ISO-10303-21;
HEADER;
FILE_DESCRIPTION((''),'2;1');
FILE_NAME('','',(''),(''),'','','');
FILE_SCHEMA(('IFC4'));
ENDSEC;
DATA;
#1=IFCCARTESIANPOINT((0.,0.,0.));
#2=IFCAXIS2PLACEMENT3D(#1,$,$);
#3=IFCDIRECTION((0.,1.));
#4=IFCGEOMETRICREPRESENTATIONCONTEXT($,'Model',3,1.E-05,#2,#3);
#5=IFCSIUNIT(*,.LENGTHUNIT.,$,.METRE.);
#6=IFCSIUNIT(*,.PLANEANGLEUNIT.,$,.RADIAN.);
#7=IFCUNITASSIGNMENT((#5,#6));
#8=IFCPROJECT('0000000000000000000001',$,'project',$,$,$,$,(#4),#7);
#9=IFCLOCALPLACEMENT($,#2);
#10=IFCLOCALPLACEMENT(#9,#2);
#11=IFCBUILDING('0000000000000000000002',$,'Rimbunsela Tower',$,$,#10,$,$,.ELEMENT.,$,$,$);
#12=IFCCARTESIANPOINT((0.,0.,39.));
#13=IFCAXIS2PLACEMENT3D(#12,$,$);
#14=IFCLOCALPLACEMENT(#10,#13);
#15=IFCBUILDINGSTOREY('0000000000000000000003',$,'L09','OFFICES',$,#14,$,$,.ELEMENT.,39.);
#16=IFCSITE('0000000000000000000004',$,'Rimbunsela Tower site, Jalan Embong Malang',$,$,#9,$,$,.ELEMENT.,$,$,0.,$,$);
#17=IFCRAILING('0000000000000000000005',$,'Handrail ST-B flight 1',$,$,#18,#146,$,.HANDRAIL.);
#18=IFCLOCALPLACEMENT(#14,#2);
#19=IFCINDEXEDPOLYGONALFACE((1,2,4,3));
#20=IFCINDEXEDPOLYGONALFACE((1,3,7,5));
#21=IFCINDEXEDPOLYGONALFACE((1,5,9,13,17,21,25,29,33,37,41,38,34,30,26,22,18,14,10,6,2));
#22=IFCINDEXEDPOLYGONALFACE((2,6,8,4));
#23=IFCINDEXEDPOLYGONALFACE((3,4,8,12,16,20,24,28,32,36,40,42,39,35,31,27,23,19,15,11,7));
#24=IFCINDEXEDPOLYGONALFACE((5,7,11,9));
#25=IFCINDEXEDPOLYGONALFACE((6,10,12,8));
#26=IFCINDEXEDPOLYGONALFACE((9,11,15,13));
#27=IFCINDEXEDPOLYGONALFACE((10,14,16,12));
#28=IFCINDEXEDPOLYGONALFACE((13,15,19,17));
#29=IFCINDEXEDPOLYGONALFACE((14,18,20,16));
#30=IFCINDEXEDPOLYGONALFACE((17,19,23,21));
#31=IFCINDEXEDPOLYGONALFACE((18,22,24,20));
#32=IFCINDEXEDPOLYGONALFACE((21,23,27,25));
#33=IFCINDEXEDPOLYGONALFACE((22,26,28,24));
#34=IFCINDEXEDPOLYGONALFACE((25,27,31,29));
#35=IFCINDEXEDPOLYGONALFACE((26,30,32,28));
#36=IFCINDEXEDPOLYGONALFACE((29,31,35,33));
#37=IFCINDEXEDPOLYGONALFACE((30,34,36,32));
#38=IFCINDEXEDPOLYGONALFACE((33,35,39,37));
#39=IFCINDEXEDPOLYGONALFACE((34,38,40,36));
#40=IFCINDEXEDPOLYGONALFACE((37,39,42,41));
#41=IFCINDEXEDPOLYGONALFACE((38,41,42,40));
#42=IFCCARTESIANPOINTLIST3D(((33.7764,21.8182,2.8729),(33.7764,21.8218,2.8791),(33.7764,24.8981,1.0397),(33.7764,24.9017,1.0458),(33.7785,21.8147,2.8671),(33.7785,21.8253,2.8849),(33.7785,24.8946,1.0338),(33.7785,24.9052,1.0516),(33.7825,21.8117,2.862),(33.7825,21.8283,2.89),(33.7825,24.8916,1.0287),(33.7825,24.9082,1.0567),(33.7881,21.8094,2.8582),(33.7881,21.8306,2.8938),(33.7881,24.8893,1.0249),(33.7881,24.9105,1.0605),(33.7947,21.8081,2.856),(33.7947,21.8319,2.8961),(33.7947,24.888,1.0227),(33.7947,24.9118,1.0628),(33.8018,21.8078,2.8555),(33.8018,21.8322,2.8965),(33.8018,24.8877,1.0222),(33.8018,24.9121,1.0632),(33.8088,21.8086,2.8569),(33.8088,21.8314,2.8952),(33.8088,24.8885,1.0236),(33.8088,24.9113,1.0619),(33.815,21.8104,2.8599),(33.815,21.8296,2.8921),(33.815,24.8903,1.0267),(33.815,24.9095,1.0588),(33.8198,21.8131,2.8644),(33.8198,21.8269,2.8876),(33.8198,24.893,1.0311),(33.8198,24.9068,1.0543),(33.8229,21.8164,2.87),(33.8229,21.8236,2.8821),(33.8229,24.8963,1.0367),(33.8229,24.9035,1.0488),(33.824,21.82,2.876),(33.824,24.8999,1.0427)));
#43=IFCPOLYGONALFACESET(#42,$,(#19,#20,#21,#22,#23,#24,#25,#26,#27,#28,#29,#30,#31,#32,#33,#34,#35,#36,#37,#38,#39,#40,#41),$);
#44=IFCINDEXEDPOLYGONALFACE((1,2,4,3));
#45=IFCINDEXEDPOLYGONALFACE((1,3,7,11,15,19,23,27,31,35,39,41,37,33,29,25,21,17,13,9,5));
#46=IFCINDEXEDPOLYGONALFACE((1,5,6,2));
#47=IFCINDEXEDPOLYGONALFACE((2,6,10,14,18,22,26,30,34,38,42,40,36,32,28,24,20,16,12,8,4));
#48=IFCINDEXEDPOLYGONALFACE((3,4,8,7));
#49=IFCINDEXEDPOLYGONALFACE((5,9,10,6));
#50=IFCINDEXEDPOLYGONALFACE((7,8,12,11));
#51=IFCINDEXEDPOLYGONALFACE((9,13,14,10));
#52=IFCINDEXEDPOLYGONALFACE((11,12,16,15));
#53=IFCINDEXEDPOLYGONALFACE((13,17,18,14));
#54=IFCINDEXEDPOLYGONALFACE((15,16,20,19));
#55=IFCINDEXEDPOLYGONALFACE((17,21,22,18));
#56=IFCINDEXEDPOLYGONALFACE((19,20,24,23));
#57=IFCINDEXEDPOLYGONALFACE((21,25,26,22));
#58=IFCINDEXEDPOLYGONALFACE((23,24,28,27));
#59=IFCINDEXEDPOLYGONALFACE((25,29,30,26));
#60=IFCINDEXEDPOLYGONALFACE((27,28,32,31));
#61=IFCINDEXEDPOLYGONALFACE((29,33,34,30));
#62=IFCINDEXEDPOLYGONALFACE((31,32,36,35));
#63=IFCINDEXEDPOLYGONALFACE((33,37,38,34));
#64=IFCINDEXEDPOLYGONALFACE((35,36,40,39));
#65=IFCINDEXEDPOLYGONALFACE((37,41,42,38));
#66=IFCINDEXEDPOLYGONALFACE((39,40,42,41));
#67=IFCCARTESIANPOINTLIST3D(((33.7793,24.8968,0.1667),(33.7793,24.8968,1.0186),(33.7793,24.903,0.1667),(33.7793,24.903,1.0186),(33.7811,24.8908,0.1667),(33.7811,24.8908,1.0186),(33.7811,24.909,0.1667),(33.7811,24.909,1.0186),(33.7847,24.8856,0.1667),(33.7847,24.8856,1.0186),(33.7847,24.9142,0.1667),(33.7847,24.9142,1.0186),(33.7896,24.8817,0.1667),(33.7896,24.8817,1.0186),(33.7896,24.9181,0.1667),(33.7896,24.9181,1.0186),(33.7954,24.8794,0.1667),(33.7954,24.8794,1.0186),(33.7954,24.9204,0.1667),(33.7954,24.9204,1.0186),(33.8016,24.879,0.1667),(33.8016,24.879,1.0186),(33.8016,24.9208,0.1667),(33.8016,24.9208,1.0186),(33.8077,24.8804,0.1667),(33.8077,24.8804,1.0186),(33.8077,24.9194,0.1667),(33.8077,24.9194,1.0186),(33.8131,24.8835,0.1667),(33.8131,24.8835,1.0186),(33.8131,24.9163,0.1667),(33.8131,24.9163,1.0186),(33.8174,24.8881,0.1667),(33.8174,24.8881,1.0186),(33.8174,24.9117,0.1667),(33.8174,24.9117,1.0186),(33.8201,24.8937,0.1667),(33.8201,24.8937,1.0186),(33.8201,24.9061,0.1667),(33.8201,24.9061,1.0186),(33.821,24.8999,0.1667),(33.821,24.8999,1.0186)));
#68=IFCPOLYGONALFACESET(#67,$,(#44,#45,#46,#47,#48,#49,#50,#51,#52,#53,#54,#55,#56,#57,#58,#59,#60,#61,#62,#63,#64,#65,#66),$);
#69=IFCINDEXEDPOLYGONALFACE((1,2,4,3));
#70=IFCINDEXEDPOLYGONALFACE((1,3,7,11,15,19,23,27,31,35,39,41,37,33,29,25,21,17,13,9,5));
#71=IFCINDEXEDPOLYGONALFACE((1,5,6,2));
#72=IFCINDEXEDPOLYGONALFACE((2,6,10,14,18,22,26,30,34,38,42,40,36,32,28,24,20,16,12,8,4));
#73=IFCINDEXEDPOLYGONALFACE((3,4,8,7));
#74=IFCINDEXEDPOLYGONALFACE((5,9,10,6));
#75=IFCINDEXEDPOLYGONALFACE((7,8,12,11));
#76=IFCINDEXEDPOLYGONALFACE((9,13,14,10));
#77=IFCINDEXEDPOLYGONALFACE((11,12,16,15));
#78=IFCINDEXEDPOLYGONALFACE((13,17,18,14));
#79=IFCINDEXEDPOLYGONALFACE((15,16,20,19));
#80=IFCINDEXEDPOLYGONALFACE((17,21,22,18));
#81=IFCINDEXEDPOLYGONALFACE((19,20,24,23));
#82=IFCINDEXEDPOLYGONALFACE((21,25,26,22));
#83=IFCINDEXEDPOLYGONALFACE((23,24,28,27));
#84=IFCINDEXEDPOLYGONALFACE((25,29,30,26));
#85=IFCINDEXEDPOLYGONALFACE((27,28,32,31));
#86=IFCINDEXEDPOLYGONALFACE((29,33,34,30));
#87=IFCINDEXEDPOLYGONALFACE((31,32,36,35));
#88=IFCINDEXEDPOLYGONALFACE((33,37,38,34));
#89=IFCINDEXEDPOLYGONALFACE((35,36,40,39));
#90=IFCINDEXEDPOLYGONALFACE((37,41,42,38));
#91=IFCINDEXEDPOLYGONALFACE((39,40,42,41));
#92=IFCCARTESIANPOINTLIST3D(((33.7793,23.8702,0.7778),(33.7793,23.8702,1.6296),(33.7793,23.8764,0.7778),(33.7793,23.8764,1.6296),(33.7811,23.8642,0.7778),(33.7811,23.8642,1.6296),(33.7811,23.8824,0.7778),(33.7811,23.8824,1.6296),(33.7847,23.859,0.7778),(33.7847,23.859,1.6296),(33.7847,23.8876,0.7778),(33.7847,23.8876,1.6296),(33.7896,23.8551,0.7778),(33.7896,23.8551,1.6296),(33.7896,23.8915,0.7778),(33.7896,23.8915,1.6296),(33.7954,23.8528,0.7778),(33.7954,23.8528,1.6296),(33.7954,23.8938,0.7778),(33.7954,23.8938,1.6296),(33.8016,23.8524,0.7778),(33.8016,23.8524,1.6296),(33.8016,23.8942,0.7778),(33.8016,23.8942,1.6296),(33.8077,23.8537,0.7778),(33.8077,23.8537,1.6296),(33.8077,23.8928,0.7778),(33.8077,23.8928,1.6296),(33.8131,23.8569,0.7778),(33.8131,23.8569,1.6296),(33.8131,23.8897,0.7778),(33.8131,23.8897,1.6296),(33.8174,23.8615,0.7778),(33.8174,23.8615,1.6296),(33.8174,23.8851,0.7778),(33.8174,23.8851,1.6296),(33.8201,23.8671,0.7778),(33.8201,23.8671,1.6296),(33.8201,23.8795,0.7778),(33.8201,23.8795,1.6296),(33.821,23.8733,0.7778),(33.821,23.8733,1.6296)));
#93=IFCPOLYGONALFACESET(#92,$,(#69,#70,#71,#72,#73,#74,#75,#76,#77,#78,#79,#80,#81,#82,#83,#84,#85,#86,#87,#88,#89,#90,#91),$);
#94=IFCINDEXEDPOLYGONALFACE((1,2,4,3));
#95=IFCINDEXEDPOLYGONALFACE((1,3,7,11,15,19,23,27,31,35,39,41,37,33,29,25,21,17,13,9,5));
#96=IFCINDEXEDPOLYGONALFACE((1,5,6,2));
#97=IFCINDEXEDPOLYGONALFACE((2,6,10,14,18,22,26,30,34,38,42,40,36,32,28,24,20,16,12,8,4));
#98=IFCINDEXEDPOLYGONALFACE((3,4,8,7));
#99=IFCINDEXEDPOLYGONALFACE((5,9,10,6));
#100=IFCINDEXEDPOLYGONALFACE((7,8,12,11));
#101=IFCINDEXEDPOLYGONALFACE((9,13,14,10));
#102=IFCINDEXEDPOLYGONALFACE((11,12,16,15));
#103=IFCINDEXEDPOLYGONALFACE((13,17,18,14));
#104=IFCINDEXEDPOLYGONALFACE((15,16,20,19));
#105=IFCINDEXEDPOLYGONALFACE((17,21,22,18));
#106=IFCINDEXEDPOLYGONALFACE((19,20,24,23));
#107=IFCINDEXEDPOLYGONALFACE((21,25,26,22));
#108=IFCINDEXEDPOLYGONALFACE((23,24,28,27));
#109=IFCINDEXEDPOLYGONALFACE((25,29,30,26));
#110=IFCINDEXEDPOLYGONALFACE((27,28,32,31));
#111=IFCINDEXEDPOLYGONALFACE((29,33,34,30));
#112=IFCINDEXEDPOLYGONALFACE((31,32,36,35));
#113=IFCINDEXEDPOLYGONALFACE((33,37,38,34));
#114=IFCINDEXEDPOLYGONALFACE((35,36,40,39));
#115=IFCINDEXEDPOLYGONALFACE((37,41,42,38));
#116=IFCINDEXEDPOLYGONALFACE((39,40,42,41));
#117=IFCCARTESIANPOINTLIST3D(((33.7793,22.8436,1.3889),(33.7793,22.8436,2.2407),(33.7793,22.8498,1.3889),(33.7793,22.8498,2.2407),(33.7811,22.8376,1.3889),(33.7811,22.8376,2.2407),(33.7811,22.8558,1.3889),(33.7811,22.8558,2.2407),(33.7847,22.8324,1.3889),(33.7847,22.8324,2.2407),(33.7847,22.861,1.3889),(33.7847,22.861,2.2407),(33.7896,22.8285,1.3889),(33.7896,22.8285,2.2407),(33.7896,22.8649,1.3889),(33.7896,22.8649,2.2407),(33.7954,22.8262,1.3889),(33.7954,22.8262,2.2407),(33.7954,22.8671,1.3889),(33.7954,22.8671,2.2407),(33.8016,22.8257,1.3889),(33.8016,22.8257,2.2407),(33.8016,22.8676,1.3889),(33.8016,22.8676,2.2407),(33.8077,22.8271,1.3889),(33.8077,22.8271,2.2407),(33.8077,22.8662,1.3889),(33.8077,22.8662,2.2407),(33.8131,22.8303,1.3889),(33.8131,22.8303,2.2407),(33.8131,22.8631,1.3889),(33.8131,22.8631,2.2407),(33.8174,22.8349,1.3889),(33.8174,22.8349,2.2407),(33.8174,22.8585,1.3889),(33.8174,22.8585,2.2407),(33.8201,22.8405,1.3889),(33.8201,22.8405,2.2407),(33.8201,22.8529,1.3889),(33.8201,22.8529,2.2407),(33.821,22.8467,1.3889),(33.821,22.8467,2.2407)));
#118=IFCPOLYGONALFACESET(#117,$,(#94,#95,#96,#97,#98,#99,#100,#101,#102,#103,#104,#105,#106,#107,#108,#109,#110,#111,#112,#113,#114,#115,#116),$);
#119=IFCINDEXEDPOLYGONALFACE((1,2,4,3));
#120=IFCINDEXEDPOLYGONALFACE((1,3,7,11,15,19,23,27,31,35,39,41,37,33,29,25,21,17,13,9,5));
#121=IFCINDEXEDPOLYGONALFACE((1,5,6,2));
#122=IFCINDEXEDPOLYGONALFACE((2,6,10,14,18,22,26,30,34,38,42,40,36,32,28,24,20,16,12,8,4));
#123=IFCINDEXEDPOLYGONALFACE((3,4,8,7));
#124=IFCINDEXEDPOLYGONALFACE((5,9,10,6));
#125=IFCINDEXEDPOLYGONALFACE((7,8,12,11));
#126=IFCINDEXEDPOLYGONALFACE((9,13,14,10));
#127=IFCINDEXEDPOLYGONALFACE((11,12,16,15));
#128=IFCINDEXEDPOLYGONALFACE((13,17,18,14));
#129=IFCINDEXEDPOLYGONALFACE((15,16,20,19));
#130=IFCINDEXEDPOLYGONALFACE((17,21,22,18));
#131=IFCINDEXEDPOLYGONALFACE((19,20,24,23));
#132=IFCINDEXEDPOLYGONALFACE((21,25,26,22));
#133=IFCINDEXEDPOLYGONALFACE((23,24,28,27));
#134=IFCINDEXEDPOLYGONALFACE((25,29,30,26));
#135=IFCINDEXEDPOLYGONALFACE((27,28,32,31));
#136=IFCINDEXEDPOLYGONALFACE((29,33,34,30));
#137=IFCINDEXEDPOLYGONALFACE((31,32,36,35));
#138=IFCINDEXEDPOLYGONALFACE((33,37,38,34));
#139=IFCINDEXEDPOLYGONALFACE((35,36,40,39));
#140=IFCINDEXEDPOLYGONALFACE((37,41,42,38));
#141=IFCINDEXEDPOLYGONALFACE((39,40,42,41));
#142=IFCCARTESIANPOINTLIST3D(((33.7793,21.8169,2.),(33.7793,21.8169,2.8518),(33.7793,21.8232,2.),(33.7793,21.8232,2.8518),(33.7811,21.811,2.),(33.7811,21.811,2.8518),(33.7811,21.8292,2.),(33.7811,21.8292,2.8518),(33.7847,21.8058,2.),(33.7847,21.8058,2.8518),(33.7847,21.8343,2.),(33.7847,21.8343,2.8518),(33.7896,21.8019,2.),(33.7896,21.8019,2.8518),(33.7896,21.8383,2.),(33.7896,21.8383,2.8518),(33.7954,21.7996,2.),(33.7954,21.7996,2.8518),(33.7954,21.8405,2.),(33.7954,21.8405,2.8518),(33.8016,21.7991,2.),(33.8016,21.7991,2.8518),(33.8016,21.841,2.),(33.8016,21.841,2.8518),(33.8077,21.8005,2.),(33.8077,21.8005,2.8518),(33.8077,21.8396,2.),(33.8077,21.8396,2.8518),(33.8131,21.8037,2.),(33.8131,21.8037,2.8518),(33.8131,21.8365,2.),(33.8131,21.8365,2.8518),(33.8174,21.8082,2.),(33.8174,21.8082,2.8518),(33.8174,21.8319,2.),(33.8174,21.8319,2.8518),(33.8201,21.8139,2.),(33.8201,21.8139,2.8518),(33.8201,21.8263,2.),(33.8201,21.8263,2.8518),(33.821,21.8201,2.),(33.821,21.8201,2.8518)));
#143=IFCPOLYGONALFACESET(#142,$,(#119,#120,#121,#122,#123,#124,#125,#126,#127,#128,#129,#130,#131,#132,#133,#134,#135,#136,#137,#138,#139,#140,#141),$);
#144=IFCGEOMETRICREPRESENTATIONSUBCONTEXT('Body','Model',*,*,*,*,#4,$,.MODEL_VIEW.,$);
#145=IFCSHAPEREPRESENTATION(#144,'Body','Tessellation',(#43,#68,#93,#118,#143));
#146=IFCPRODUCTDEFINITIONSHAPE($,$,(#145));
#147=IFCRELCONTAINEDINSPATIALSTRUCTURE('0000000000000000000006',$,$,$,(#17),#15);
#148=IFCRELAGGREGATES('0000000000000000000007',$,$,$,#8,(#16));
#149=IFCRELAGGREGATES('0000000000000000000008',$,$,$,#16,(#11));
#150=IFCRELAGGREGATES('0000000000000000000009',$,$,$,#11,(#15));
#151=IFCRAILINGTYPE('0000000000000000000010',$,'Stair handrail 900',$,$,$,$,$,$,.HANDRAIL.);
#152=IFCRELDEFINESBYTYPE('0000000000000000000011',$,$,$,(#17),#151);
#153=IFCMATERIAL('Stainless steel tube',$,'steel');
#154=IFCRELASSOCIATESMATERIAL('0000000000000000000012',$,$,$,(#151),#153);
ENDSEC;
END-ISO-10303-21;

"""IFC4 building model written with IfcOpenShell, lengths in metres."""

from ifc_helpers import new_model, si_unit, direction, frame, origin, origin_2d, place, context, subcontext, project, spatial, circle, extrude, material, type_object, element, save


model = new_model("IFC4")

# Units and contexts
model_context = context("Model", 3, precision=1e-05, world=origin(), true_north=direction((0.0, 1.0)))
body_context = subcontext(model_context, "Body", "Model", "MODEL_VIEW")
ifc_project = project(units=[si_unit("LENGTHUNIT", "METRE"), si_unit("PLANEANGLEUNIT", "RADIAN")], contexts=[model_context])

# Site, building, storey
site_placement = place(None, origin())
site = spatial("IfcSite", under=ifc_project, at=site_placement, Name="Rimbunsela Tower site, Jalan Embong Malang", CompositionType="ELEMENT", RefElevation=0.0)
building_placement = place(site_placement, origin())
building = spatial("IfcBuilding", under=site, at=building_placement, Name="Rimbunsela Tower", CompositionType="ELEMENT")
storey_placement = place(building_placement, frame((0.0, 0.0, 39.0)))
storey = spatial("IfcBuildingStorey", under=building, at=storey_placement, Name="L09", Description="OFFICES", CompositionType="ELEMENT", Elevation=39.0)

# Railing
ifc_material_1 = material(Name="Stainless steel tube", Category="steel")
railing_type = type_object("IfcRailingType", Name="Stair handrail 900", PredefinedType="HANDRAIL", material=ifc_material_1)
railing_1_placement = place(storey_placement, frame((33.8, 24.8999, 0.1667)))
element("IfcRailing", 1, at=railing_1_placement, inside=storey, type_object=railing_type, Name="Handrail ST-B flight 1", PredefinedType="HANDRAIL", context=body_context, shape_type="SweptSolid", body=[
    extrude(circle(Radius=0.0239, at=origin_2d()), frame((0.0, 0.0, 0.876), z_axis=(0.0, -0.859291, 0.511487), x_axis=(1.0, 0.0, 0.0)), (0.0, 0.0, 1.0), 3.5842),
    extrude(circle(Radius=0.021, at=origin_2d()), origin(), (0.0, 0.0, 1.0), 0.8518),
    extrude(circle(Radius=0.021, at=origin_2d()), frame((0.0, -1.0266, 0.6111)), (0.0, 0.0, 1.0), 0.8518),
    extrude(circle(Radius=0.021, at=origin_2d()), frame((0.0, -2.0532, 1.2222)), (0.0, 0.0, 1.0), 0.8518),
    extrude(circle(Radius=0.021, at=origin_2d()), frame((0.0, -3.0798, 1.8333)), (0.0, 0.0, 1.0), 0.8518),
])

save(model, "model.ifc")
